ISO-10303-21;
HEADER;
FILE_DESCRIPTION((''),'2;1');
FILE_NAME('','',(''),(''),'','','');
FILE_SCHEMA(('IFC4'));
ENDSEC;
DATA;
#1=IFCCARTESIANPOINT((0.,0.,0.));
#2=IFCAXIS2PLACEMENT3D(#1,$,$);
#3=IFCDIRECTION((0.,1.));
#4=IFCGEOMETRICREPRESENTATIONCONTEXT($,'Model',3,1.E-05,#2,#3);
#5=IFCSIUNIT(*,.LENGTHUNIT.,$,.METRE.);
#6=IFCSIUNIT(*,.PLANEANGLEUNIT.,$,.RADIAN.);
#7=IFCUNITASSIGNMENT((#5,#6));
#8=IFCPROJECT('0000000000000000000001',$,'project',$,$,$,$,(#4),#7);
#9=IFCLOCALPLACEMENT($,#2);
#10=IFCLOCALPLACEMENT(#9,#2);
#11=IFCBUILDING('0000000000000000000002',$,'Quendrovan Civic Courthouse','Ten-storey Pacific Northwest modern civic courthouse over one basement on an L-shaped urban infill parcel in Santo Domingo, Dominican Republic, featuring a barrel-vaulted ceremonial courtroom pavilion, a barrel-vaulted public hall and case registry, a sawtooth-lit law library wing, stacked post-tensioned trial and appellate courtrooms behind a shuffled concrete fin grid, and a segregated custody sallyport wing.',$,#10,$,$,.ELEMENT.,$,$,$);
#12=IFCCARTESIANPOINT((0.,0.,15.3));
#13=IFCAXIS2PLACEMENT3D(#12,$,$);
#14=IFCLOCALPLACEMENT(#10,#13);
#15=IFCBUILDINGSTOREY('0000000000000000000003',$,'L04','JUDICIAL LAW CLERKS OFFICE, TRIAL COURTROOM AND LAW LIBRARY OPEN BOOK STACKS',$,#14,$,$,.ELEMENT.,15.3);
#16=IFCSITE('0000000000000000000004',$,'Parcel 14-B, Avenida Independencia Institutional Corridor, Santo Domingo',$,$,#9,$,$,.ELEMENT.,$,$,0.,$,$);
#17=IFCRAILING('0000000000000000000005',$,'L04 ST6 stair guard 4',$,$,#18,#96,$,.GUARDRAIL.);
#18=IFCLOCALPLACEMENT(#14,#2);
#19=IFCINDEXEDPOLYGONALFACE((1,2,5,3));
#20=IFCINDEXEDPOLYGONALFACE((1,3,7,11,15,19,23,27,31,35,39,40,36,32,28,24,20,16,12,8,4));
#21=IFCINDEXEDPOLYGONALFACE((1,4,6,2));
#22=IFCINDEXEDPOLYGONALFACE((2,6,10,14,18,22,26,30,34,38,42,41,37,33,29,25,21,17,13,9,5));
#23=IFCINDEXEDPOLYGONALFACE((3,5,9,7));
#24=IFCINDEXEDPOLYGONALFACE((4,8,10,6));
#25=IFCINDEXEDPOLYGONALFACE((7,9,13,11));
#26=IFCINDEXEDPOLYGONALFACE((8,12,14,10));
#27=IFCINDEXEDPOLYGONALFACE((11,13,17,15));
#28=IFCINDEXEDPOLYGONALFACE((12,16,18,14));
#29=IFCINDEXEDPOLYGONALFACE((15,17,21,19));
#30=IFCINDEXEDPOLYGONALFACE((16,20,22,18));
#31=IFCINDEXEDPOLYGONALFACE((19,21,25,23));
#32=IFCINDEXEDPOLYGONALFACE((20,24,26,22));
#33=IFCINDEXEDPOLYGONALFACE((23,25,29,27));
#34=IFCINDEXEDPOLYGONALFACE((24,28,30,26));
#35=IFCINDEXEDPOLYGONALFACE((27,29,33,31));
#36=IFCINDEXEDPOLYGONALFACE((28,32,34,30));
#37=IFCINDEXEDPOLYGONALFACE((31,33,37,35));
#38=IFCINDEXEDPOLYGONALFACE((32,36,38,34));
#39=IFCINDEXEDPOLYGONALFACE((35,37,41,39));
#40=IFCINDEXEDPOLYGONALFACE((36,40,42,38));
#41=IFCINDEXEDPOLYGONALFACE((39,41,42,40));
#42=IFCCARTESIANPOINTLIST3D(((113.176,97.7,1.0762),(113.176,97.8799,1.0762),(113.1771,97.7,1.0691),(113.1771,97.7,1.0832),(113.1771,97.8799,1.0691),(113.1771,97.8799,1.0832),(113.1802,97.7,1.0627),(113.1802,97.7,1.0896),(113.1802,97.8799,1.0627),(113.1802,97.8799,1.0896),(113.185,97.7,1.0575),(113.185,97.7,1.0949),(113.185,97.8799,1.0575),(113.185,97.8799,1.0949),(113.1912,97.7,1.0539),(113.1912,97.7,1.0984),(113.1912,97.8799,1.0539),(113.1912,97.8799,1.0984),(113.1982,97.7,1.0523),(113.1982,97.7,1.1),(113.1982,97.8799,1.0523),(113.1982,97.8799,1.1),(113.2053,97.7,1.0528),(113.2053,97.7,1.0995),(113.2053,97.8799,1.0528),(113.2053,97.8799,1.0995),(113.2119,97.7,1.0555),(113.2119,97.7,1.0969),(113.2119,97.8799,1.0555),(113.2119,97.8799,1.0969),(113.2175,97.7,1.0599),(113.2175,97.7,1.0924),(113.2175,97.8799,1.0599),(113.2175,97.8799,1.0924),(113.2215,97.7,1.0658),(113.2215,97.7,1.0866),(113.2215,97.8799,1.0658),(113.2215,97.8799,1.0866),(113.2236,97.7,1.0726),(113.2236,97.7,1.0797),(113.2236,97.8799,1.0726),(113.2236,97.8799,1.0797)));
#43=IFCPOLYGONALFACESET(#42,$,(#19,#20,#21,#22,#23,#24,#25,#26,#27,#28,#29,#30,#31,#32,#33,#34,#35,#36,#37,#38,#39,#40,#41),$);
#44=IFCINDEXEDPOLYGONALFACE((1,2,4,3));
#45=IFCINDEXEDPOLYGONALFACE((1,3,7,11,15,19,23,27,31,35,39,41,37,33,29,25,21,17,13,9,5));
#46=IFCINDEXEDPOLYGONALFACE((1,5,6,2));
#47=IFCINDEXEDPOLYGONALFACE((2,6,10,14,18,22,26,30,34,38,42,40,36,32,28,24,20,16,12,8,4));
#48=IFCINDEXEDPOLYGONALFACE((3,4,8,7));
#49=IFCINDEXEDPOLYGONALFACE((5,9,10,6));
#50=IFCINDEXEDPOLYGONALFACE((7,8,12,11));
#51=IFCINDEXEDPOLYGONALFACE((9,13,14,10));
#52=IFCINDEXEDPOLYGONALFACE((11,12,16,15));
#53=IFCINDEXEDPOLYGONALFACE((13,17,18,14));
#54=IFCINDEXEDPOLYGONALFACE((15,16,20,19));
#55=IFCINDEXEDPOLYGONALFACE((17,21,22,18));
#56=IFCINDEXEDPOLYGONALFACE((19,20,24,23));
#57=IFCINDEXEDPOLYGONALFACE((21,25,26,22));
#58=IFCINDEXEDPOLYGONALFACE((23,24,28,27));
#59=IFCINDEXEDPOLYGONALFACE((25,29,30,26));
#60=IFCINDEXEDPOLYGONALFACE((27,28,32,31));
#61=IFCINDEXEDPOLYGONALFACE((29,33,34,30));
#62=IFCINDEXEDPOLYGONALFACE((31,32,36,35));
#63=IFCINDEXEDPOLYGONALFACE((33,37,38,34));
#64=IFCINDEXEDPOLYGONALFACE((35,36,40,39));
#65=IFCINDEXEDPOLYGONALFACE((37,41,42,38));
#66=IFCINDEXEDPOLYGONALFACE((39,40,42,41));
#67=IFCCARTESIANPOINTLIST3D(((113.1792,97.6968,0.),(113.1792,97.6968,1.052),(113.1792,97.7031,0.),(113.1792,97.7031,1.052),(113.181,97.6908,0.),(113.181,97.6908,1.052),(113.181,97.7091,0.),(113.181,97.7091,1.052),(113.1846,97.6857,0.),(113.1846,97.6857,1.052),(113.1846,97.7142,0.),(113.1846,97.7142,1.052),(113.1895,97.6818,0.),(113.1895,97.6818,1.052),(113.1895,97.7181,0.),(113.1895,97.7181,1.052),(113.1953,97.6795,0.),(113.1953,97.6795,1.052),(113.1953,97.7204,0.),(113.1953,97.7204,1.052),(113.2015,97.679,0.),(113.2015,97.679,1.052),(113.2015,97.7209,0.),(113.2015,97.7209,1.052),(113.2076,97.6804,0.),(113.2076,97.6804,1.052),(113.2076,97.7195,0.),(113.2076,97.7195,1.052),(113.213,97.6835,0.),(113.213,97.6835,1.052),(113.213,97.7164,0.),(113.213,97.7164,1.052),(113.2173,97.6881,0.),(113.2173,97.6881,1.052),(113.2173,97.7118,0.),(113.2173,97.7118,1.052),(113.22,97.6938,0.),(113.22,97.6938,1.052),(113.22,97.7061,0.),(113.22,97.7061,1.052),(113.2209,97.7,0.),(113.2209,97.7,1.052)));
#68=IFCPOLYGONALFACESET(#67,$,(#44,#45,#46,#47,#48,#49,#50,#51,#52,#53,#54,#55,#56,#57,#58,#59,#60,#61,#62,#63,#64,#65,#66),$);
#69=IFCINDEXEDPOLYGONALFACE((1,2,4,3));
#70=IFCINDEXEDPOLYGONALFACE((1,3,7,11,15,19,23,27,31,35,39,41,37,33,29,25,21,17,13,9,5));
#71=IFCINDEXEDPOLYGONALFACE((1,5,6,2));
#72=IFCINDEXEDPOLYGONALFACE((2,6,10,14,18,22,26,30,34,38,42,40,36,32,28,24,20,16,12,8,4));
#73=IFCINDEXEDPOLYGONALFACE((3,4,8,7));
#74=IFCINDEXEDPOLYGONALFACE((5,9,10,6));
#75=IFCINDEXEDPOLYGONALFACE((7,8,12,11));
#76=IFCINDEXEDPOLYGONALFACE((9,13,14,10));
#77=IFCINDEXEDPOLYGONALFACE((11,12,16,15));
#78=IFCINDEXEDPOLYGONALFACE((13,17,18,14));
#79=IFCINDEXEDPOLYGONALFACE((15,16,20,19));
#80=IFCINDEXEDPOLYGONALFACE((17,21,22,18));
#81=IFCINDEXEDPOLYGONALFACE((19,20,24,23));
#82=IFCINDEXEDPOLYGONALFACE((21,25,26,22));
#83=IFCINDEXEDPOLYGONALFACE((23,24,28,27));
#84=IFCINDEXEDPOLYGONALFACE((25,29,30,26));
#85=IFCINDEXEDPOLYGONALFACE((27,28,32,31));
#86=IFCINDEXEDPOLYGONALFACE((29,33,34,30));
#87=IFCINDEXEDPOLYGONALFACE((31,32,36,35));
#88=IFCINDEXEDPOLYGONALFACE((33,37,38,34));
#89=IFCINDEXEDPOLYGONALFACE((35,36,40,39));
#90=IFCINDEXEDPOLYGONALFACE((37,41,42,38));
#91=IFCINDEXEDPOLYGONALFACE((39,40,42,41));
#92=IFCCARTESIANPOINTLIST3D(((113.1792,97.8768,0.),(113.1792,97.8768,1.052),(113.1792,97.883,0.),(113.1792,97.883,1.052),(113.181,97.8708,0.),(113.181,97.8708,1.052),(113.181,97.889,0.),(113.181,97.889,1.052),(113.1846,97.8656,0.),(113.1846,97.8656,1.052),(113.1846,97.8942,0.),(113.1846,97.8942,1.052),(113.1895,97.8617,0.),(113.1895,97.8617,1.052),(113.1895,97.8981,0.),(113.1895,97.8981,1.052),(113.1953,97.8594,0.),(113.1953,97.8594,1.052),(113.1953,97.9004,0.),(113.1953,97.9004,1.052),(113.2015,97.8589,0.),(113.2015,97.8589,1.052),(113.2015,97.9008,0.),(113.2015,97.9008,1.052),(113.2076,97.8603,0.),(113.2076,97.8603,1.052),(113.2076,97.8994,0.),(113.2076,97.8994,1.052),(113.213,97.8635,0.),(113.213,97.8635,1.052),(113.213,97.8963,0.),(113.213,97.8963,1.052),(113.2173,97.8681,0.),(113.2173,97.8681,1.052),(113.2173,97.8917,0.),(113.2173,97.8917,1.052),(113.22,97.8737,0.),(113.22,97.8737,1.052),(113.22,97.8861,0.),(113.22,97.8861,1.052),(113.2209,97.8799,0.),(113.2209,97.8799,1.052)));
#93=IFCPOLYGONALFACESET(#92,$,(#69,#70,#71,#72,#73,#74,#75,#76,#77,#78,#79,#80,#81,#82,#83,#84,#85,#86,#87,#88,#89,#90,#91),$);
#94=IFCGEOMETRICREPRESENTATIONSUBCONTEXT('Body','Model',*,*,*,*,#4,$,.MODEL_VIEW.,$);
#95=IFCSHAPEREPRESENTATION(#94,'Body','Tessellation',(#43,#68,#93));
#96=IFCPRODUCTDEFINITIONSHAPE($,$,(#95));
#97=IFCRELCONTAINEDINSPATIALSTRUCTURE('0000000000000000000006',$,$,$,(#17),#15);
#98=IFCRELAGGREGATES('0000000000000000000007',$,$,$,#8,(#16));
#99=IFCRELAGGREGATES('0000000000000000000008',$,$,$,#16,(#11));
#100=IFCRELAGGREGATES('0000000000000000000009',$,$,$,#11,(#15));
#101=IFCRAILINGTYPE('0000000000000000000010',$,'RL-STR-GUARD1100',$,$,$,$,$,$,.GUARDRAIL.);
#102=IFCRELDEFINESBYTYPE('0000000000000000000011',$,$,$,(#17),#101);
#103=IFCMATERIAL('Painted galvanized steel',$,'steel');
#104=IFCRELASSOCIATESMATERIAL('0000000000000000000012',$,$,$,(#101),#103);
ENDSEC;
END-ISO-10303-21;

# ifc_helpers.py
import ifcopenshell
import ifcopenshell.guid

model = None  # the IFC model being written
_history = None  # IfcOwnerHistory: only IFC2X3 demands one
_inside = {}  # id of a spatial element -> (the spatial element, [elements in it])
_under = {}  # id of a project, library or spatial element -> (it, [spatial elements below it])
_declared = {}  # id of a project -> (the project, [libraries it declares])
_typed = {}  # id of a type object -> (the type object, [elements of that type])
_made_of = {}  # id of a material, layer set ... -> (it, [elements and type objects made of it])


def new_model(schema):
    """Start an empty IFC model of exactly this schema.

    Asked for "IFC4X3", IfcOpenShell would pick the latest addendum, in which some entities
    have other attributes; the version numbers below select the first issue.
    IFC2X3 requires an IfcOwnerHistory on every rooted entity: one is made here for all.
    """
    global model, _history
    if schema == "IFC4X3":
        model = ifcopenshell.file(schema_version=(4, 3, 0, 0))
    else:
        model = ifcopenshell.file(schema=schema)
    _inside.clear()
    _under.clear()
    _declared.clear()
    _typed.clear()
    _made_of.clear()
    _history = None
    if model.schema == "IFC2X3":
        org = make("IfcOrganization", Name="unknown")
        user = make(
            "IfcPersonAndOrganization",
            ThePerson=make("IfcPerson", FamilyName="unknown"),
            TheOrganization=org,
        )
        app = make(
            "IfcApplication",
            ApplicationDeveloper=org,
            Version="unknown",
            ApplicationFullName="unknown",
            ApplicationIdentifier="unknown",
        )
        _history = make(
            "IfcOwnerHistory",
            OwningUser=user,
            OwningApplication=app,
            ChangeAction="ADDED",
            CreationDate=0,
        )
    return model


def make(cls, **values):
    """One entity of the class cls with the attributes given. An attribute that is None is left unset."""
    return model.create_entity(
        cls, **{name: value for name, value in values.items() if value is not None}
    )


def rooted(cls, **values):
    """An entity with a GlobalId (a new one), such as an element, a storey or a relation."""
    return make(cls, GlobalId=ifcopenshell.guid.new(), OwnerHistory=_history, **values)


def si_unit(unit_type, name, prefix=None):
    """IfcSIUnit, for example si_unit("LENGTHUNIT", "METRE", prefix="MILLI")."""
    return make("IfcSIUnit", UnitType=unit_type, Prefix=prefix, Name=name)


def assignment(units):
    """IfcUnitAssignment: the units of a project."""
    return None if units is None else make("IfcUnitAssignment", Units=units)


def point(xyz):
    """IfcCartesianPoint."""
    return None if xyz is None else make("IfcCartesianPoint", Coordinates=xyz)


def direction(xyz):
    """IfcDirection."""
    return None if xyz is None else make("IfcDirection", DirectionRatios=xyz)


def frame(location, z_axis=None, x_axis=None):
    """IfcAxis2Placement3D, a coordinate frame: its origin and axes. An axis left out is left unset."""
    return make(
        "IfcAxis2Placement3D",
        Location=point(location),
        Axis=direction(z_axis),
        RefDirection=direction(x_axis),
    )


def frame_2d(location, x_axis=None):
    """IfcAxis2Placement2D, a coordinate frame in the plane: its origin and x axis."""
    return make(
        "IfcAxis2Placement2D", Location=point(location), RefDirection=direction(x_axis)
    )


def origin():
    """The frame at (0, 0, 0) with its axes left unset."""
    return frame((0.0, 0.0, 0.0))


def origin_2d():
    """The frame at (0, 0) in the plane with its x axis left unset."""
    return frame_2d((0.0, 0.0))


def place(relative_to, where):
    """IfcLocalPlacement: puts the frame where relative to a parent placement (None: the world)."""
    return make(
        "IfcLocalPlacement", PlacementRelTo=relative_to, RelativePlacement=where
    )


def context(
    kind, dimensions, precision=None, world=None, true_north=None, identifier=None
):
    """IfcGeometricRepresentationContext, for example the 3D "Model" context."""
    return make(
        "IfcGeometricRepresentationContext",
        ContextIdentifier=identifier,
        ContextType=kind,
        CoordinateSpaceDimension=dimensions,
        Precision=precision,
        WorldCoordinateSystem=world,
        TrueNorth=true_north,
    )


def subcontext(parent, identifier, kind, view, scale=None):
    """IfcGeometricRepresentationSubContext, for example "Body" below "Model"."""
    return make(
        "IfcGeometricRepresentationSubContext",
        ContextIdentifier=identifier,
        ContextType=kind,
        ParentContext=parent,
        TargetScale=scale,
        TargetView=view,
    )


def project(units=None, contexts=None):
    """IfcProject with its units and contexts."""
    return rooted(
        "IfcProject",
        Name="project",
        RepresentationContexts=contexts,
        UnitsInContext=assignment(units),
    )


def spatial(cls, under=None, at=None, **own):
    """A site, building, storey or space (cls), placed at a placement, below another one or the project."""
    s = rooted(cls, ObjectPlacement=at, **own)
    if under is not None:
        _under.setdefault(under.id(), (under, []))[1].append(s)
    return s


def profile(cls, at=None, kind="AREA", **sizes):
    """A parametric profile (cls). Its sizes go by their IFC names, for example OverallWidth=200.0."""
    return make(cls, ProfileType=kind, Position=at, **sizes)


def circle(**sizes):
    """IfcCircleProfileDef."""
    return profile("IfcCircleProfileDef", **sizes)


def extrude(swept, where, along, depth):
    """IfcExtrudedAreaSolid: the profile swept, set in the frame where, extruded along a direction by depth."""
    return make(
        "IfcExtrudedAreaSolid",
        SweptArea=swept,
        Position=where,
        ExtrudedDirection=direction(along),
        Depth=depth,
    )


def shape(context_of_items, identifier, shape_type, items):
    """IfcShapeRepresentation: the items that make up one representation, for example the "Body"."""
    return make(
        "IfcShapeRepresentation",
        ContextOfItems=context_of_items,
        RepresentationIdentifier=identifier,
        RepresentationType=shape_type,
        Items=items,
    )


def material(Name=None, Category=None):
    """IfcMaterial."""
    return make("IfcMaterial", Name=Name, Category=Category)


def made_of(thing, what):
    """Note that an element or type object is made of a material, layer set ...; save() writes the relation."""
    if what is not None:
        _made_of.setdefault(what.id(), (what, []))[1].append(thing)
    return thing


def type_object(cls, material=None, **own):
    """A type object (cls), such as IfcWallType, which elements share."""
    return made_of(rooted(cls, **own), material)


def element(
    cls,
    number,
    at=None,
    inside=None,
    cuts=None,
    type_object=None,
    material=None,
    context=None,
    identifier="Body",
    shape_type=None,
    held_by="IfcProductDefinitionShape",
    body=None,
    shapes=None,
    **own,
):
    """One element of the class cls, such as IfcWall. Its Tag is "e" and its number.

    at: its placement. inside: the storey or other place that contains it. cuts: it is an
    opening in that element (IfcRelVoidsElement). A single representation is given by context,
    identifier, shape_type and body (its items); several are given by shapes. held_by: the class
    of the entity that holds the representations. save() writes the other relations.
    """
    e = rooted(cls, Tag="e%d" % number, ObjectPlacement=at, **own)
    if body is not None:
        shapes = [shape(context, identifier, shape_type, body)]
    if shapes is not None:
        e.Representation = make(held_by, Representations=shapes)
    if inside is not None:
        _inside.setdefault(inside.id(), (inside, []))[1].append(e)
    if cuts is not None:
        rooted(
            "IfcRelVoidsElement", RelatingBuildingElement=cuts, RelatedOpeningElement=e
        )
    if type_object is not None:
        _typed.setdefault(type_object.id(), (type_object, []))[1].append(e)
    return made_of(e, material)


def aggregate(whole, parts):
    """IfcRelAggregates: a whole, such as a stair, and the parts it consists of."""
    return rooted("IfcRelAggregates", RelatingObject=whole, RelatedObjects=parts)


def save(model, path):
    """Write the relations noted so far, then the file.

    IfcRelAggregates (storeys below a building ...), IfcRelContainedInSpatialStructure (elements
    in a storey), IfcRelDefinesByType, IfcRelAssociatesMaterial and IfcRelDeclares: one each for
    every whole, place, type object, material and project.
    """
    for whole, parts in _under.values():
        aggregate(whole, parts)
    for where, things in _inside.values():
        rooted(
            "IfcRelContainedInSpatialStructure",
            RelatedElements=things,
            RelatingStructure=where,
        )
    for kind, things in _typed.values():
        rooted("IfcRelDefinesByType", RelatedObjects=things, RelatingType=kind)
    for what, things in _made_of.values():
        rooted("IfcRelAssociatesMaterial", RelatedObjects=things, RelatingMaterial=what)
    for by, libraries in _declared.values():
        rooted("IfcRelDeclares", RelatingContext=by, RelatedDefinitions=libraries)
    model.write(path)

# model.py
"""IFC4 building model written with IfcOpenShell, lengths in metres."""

from ifc_helpers import new_model, si_unit, direction, frame, origin, origin_2d, place, context, subcontext, project, spatial, circle, extrude, material, type_object, element, save


model = new_model("IFC4")

# Units and contexts
model_context = context("Model", 3, precision=1e-05, world=origin(), true_north=direction((0.0, 1.0)))
body_context = subcontext(model_context, "Body", "Model", "MODEL_VIEW")
ifc_project = project(units=[si_unit("LENGTHUNIT", "METRE"), si_unit("PLANEANGLEUNIT", "RADIAN")], contexts=[model_context])

# Site, building, storey
site_placement = place(None, origin())
site = spatial("IfcSite", under=ifc_project, at=site_placement, Name="Parcel 14-B, Avenida Independencia Institutional Corridor, Santo Domingo", CompositionType="ELEMENT", RefElevation=0.0)
building_placement = place(site_placement, origin())
building = spatial("IfcBuilding", under=site, at=building_placement, Name="Quendrovan Civic Courthouse", Description="Ten-storey Pacific Northwest modern civic courthouse over one basement on an L-shaped urban infill parcel in Santo Domingo, Dominican Republic, featuring a barrel-vaulted ceremonial courtroom pavilion, a barrel-vaulted public hall and case registry, a sawtooth-lit law library wing, stacked post-tensioned trial and appellate courtrooms behind a shuffled concrete fin grid, and a segregated custody sallyport wing.", CompositionType="ELEMENT")
storey_placement = place(building_placement, frame((0.0, 0.0, 15.3)))
storey = spatial("IfcBuildingStorey", under=building, at=storey_placement, Name="L04", Description="JUDICIAL LAW CLERKS OFFICE, TRIAL COURTROOM AND LAW LIBRARY OPEN BOOK STACKS", CompositionType="ELEMENT", Elevation=15.3)

# Railing
ifc_material_1 = material(Name="Painted galvanized steel", Category="steel")
railing_type_1 = type_object("IfcRailingType", Name="RL-STR-GUARD1100", PredefinedType="GUARDRAIL", material=ifc_material_1)
railing_1_placement = place(storey_placement, frame((113.2, 97.7, 0.0)))
element("IfcRailing", 1, at=railing_1_placement, inside=storey, type_object=railing_type_1, Name="L04 ST6 stair guard 4", PredefinedType="GUARDRAIL", context=body_context, shape_type="SweptSolid", body=[
    extrude(circle(Radius=0.0239, at=origin_2d()), frame((0.0, 0.0, 1.0762), z_axis=(0.0, 1.0, 0.0), x_axis=(-1.0, 0.0, 0.0)), (0.0, 0.0, 1.0), 0.1799),
    extrude(circle(Radius=0.021, at=origin_2d()), origin(), (0.0, 0.0, 1.0), 1.052),
    extrude(circle(Radius=0.021, at=origin_2d()), frame((0.0, 0.1799, 0.0)), (0.0, 0.0, 1.0), 1.052),
])

save(model, "model.ifc")
